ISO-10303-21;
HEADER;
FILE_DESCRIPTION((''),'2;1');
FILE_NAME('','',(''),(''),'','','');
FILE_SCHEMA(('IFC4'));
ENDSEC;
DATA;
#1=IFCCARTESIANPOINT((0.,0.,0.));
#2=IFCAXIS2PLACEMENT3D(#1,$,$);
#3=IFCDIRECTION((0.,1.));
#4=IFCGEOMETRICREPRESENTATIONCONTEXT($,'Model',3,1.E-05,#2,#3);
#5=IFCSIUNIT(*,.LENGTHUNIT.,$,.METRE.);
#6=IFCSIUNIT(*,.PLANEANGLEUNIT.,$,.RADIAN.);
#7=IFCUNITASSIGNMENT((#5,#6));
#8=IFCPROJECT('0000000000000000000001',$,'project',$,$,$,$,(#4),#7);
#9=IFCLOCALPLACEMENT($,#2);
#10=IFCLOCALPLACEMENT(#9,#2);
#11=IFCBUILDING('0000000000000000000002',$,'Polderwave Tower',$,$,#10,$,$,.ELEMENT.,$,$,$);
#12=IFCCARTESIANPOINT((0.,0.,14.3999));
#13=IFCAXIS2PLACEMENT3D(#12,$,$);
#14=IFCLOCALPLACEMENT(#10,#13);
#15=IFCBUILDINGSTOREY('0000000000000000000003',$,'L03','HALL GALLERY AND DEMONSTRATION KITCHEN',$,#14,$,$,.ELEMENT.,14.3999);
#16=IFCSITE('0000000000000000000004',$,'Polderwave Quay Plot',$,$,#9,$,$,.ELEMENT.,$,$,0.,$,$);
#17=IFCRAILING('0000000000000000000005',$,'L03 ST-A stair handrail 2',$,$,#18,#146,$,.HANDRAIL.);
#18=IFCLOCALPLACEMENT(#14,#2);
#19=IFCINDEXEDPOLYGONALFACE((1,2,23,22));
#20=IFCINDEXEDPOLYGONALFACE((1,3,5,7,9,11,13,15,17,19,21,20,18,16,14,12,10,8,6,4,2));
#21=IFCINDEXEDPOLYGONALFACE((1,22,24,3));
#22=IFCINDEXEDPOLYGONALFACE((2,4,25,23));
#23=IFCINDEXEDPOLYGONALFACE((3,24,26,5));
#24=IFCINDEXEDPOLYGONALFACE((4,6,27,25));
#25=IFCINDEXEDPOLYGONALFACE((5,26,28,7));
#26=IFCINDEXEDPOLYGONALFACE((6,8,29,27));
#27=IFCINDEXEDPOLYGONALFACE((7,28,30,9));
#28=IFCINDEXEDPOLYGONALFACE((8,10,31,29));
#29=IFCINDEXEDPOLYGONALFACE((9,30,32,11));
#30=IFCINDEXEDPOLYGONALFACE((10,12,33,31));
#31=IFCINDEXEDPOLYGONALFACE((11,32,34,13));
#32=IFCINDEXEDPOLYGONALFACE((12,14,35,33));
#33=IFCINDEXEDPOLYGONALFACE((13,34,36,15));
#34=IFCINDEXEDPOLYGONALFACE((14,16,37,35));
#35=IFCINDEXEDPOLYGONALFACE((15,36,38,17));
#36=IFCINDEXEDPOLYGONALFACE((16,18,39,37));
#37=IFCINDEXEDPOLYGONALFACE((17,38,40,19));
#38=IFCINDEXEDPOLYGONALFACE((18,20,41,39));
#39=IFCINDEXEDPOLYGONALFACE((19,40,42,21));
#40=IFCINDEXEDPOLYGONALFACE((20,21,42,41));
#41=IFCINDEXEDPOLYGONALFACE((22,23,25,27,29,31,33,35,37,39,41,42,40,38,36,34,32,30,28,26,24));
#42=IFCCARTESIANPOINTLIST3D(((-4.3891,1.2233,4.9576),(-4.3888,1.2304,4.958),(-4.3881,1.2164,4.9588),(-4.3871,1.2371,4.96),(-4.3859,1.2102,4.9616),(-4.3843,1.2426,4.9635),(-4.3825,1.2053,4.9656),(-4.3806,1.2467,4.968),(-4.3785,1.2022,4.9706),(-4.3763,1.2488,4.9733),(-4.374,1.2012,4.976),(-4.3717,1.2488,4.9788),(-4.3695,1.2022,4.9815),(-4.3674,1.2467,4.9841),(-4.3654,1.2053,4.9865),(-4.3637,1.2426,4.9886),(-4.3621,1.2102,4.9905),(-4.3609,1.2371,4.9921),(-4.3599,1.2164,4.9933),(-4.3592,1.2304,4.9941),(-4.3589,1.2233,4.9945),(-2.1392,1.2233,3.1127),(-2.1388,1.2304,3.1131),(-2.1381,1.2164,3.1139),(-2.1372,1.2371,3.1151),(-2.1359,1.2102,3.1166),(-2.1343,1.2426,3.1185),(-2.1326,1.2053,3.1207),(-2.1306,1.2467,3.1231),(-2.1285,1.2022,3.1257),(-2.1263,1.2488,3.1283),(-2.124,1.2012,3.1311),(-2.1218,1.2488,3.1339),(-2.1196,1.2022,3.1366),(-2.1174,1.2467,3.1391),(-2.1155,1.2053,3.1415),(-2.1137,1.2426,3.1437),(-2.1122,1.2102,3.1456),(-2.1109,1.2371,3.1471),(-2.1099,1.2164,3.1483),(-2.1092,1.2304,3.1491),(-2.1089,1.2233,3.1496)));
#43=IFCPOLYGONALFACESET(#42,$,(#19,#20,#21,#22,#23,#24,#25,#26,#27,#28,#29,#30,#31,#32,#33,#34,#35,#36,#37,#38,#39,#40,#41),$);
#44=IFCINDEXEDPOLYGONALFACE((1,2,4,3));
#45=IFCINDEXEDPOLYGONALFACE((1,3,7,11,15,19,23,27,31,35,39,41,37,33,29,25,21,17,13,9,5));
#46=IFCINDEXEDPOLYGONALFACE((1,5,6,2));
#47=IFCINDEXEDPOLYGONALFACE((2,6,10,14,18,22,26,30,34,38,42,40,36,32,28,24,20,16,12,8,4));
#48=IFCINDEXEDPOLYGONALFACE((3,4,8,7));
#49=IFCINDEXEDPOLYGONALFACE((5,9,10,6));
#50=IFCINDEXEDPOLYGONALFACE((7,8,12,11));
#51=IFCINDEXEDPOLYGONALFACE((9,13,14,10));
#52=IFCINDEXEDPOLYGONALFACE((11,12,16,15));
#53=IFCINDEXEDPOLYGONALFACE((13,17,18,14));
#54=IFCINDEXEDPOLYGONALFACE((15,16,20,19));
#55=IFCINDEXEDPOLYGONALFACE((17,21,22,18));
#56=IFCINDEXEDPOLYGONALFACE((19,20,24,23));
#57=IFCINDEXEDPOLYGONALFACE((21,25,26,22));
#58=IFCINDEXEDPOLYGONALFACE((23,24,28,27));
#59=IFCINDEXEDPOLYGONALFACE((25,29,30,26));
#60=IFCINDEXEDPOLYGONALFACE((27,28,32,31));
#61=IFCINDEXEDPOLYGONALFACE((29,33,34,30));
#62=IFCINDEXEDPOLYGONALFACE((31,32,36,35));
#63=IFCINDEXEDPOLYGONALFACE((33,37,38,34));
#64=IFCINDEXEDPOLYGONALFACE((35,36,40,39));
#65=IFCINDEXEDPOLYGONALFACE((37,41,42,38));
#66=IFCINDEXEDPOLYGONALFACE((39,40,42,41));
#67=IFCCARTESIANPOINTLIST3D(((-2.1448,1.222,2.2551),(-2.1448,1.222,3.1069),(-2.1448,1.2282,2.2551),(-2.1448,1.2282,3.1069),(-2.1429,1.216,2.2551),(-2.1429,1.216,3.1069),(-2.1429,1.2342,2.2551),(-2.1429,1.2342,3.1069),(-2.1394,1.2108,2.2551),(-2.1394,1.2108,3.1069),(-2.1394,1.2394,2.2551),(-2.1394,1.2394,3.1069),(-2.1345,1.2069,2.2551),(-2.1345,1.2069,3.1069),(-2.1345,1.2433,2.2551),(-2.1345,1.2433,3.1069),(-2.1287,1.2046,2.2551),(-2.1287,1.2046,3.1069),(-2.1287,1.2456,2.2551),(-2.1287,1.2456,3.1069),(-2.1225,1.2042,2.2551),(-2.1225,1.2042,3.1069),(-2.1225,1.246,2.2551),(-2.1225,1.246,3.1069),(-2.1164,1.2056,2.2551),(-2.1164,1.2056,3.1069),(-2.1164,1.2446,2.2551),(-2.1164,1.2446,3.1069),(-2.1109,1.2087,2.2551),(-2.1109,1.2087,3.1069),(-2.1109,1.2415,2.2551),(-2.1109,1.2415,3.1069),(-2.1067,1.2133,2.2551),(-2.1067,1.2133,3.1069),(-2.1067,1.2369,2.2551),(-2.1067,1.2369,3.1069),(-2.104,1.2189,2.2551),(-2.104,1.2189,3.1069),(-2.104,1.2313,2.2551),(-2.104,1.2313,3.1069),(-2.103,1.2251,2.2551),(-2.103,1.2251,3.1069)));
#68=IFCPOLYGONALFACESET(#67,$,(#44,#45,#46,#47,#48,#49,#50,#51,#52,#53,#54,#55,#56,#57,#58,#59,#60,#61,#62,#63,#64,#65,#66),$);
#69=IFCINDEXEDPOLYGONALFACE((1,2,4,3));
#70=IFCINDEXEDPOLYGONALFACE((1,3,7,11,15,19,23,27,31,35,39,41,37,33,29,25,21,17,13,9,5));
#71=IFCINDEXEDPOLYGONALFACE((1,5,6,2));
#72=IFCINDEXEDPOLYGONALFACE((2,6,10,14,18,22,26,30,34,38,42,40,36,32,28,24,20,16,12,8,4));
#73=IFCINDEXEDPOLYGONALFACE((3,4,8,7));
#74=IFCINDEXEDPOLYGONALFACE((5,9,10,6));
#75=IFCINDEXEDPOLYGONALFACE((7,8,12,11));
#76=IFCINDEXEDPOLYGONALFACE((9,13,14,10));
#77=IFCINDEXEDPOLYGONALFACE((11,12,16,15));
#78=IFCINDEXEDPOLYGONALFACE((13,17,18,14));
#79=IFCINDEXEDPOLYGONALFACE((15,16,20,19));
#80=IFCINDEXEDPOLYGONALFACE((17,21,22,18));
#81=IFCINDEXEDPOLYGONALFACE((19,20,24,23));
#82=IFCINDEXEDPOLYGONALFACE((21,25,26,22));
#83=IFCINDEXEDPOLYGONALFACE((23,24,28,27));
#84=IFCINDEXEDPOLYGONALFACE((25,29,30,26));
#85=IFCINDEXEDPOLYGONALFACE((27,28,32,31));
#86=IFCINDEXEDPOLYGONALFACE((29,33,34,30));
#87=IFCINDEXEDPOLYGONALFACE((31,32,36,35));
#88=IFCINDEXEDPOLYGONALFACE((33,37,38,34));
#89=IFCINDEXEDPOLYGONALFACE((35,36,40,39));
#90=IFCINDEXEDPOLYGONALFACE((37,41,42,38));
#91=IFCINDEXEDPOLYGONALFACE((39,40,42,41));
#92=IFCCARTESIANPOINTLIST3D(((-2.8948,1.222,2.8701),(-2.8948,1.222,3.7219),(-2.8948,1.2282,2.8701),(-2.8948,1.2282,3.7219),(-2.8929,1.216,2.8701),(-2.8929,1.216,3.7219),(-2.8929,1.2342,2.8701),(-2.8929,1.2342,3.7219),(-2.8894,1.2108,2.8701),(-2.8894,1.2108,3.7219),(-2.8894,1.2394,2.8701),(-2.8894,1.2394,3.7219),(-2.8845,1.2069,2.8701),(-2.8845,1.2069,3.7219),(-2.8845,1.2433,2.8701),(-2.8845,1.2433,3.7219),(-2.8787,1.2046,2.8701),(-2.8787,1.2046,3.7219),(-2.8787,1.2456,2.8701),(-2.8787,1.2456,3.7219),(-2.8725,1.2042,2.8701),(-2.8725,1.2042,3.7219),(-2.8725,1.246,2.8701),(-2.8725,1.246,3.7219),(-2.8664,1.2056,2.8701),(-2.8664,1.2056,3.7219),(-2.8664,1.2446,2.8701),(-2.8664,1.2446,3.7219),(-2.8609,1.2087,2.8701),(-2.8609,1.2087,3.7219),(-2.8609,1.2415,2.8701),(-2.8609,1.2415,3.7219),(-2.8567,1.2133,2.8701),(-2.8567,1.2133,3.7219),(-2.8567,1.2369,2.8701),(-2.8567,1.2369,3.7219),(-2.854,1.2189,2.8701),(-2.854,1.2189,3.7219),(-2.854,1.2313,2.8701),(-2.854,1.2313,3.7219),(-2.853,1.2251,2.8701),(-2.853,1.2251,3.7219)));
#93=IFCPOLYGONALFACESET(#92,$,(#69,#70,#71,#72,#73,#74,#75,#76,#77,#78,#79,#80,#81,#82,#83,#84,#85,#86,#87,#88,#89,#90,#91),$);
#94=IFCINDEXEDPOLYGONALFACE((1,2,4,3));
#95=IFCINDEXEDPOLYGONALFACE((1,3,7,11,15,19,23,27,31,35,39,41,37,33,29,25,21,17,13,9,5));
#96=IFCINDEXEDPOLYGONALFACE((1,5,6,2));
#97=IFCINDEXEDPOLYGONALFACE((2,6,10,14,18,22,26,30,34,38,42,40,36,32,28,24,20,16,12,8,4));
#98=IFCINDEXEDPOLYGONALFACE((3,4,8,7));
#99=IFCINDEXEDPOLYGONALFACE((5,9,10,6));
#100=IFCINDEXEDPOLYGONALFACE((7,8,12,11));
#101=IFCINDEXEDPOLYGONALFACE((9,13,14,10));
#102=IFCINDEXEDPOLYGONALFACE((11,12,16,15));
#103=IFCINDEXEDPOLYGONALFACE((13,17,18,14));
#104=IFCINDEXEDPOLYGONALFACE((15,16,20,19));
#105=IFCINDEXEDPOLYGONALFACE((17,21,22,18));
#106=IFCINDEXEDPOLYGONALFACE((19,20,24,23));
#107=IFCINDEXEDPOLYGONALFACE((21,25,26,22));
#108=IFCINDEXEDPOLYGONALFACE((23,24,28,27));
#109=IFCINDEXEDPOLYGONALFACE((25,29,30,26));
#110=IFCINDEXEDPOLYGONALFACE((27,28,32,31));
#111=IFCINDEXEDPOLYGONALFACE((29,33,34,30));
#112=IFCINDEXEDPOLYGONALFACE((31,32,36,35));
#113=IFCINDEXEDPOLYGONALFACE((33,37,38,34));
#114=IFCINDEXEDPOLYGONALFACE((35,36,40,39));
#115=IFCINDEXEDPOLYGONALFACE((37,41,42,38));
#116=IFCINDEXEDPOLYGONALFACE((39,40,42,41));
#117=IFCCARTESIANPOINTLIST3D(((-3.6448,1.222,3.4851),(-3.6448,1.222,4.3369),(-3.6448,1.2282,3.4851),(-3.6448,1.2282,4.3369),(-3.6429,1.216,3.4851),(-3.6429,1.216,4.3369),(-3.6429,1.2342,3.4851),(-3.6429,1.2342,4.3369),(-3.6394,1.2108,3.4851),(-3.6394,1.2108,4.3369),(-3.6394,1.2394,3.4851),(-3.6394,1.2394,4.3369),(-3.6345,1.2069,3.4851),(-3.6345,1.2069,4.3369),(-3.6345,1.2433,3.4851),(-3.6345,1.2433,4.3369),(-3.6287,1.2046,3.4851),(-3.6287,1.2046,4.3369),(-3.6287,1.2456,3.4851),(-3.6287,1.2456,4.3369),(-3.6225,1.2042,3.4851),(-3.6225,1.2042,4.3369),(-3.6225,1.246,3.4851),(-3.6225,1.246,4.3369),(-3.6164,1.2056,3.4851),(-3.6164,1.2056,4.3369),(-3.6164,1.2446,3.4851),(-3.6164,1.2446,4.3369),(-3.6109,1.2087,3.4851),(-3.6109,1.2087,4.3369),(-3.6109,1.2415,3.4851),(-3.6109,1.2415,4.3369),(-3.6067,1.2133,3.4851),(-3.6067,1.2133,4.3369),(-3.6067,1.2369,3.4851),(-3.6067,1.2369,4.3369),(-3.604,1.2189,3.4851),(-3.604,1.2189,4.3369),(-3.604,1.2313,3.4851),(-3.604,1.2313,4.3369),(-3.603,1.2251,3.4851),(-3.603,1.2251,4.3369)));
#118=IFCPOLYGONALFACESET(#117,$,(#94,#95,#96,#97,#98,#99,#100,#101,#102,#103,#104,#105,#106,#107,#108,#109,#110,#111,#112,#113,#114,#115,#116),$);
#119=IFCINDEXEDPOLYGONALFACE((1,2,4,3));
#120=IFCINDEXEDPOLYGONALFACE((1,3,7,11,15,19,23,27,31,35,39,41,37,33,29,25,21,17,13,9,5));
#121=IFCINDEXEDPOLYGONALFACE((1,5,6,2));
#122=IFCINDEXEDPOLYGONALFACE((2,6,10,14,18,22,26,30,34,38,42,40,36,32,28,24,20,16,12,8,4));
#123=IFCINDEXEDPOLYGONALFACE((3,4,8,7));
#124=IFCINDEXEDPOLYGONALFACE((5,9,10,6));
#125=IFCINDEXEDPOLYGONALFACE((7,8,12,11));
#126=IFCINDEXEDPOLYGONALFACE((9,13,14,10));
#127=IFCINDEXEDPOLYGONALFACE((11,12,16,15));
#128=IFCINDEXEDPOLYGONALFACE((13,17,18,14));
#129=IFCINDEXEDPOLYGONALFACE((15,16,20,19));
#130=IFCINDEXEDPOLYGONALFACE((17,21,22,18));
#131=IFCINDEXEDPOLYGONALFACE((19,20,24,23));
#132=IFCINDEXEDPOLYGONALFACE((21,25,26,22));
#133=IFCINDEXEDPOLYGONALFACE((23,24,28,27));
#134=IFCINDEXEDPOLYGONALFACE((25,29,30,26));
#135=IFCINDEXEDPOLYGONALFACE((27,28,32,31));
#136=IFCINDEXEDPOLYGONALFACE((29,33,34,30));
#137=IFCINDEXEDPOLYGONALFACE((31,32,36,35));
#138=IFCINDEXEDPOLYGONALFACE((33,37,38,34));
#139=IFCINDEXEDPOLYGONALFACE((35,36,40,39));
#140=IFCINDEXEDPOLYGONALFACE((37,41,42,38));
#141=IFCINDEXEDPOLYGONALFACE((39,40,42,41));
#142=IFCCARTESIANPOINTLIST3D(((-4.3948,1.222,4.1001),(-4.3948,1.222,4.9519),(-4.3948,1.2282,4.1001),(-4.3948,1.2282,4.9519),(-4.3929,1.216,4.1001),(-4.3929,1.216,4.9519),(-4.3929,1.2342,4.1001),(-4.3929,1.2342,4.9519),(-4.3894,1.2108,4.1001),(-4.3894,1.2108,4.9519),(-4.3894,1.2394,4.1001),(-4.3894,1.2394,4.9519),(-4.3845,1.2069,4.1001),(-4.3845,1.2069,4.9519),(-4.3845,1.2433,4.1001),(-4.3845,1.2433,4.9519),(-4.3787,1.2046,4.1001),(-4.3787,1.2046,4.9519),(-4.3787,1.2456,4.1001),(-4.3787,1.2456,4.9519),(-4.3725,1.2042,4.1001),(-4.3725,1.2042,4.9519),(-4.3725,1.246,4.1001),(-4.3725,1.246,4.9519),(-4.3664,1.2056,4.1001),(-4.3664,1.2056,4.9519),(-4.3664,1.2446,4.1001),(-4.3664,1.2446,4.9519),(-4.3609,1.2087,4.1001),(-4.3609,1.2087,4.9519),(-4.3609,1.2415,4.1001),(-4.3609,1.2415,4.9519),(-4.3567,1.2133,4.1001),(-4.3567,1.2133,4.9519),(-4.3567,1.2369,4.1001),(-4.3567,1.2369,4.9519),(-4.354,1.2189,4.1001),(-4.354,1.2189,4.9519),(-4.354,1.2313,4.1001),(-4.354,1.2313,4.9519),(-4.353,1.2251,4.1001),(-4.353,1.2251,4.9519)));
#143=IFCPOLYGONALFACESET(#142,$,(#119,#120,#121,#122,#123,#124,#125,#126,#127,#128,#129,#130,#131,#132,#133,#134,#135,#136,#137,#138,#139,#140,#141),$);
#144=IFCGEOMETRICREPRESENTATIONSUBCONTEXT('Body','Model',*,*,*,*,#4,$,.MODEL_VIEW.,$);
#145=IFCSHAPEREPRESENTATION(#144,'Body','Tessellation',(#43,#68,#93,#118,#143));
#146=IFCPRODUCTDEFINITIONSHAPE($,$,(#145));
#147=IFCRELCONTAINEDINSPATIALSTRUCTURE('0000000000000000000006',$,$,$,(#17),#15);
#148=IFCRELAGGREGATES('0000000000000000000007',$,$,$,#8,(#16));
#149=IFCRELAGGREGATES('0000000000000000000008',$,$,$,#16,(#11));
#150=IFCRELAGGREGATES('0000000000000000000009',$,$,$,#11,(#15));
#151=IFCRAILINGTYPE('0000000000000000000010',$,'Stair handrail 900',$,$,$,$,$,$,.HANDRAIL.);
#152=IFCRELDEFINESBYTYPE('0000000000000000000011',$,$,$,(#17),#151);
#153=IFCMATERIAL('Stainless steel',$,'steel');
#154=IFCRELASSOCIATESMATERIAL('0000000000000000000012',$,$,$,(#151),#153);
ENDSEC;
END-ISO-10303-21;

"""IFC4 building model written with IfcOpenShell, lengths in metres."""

from ifc_helpers import new_model, si_unit, direction, frame, origin, origin_2d, place, context, subcontext, project, spatial, circle, extrude, material, type_object, element, save


model = new_model("IFC4")

# Units and contexts
model_context = context("Model", 3, precision=1e-05, world=origin(), true_north=direction((0.0, 1.0)))
body_context = subcontext(model_context, "Body", "Model", "MODEL_VIEW")
ifc_project = project(units=[si_unit("LENGTHUNIT", "METRE"), si_unit("PLANEANGLEUNIT", "RADIAN")], contexts=[model_context])

# Site, building, storey
site_placement = place(None, origin())
site = spatial("IfcSite", under=ifc_project, at=site_placement, Name="Polderwave Quay Plot", CompositionType="ELEMENT", RefElevation=0.0)
building_placement = place(site_placement, origin())
building = spatial("IfcBuilding", under=site, at=building_placement, Name="Polderwave Tower", CompositionType="ELEMENT")
storey_placement = place(building_placement, frame((0.0, 0.0, 14.3999)))
storey = spatial("IfcBuildingStorey", under=building, at=storey_placement, Name="L03", Description="HALL GALLERY AND DEMONSTRATION KITCHEN", CompositionType="ELEMENT", Elevation=14.3999)

# Railing
ifc_material_1 = material(Name="Stainless steel", Category="steel")
railing_type_1 = type_object("IfcRailingType", Name="Stair handrail 900", PredefinedType="HANDRAIL", material=ifc_material_1)
railing_1_placement = place(storey_placement, frame((-2.124, 1.2251, 2.2551)))
element("IfcRailing", 1, at=railing_1_placement, inside=storey, type_object=railing_type_1, Name="L03 ST-A stair handrail 2", PredefinedType="HANDRAIL", context=body_context, shape_type="SweptSolid", body=[
    extrude(circle(Radius=0.0239, at=origin_2d()), frame((0.0, 0.0, 0.876), z_axis=(-0.773273, 0.0, 0.634074), x_axis=(0.0, -1.0, 0.0)), (0.0, 0.0, 1.0), 2.9097),
    extrude(circle(Radius=0.021, at=origin_2d()), origin(), (0.0, 0.0, 1.0), 0.8518),
    extrude(circle(Radius=0.021, at=origin_2d()), frame((-0.75, 0.0, 0.615)), (0.0, 0.0, 1.0), 0.8518),
    extrude(circle(Radius=0.021, at=origin_2d()), frame((-1.5, 0.0, 1.23)), (0.0, 0.0, 1.0), 0.8518),
    extrude(circle(Radius=0.021, at=origin_2d()), frame((-2.25, 0.0, 1.845)), (0.0, 0.0, 1.0), 0.8518),
])

save(model, "model.ifc")
